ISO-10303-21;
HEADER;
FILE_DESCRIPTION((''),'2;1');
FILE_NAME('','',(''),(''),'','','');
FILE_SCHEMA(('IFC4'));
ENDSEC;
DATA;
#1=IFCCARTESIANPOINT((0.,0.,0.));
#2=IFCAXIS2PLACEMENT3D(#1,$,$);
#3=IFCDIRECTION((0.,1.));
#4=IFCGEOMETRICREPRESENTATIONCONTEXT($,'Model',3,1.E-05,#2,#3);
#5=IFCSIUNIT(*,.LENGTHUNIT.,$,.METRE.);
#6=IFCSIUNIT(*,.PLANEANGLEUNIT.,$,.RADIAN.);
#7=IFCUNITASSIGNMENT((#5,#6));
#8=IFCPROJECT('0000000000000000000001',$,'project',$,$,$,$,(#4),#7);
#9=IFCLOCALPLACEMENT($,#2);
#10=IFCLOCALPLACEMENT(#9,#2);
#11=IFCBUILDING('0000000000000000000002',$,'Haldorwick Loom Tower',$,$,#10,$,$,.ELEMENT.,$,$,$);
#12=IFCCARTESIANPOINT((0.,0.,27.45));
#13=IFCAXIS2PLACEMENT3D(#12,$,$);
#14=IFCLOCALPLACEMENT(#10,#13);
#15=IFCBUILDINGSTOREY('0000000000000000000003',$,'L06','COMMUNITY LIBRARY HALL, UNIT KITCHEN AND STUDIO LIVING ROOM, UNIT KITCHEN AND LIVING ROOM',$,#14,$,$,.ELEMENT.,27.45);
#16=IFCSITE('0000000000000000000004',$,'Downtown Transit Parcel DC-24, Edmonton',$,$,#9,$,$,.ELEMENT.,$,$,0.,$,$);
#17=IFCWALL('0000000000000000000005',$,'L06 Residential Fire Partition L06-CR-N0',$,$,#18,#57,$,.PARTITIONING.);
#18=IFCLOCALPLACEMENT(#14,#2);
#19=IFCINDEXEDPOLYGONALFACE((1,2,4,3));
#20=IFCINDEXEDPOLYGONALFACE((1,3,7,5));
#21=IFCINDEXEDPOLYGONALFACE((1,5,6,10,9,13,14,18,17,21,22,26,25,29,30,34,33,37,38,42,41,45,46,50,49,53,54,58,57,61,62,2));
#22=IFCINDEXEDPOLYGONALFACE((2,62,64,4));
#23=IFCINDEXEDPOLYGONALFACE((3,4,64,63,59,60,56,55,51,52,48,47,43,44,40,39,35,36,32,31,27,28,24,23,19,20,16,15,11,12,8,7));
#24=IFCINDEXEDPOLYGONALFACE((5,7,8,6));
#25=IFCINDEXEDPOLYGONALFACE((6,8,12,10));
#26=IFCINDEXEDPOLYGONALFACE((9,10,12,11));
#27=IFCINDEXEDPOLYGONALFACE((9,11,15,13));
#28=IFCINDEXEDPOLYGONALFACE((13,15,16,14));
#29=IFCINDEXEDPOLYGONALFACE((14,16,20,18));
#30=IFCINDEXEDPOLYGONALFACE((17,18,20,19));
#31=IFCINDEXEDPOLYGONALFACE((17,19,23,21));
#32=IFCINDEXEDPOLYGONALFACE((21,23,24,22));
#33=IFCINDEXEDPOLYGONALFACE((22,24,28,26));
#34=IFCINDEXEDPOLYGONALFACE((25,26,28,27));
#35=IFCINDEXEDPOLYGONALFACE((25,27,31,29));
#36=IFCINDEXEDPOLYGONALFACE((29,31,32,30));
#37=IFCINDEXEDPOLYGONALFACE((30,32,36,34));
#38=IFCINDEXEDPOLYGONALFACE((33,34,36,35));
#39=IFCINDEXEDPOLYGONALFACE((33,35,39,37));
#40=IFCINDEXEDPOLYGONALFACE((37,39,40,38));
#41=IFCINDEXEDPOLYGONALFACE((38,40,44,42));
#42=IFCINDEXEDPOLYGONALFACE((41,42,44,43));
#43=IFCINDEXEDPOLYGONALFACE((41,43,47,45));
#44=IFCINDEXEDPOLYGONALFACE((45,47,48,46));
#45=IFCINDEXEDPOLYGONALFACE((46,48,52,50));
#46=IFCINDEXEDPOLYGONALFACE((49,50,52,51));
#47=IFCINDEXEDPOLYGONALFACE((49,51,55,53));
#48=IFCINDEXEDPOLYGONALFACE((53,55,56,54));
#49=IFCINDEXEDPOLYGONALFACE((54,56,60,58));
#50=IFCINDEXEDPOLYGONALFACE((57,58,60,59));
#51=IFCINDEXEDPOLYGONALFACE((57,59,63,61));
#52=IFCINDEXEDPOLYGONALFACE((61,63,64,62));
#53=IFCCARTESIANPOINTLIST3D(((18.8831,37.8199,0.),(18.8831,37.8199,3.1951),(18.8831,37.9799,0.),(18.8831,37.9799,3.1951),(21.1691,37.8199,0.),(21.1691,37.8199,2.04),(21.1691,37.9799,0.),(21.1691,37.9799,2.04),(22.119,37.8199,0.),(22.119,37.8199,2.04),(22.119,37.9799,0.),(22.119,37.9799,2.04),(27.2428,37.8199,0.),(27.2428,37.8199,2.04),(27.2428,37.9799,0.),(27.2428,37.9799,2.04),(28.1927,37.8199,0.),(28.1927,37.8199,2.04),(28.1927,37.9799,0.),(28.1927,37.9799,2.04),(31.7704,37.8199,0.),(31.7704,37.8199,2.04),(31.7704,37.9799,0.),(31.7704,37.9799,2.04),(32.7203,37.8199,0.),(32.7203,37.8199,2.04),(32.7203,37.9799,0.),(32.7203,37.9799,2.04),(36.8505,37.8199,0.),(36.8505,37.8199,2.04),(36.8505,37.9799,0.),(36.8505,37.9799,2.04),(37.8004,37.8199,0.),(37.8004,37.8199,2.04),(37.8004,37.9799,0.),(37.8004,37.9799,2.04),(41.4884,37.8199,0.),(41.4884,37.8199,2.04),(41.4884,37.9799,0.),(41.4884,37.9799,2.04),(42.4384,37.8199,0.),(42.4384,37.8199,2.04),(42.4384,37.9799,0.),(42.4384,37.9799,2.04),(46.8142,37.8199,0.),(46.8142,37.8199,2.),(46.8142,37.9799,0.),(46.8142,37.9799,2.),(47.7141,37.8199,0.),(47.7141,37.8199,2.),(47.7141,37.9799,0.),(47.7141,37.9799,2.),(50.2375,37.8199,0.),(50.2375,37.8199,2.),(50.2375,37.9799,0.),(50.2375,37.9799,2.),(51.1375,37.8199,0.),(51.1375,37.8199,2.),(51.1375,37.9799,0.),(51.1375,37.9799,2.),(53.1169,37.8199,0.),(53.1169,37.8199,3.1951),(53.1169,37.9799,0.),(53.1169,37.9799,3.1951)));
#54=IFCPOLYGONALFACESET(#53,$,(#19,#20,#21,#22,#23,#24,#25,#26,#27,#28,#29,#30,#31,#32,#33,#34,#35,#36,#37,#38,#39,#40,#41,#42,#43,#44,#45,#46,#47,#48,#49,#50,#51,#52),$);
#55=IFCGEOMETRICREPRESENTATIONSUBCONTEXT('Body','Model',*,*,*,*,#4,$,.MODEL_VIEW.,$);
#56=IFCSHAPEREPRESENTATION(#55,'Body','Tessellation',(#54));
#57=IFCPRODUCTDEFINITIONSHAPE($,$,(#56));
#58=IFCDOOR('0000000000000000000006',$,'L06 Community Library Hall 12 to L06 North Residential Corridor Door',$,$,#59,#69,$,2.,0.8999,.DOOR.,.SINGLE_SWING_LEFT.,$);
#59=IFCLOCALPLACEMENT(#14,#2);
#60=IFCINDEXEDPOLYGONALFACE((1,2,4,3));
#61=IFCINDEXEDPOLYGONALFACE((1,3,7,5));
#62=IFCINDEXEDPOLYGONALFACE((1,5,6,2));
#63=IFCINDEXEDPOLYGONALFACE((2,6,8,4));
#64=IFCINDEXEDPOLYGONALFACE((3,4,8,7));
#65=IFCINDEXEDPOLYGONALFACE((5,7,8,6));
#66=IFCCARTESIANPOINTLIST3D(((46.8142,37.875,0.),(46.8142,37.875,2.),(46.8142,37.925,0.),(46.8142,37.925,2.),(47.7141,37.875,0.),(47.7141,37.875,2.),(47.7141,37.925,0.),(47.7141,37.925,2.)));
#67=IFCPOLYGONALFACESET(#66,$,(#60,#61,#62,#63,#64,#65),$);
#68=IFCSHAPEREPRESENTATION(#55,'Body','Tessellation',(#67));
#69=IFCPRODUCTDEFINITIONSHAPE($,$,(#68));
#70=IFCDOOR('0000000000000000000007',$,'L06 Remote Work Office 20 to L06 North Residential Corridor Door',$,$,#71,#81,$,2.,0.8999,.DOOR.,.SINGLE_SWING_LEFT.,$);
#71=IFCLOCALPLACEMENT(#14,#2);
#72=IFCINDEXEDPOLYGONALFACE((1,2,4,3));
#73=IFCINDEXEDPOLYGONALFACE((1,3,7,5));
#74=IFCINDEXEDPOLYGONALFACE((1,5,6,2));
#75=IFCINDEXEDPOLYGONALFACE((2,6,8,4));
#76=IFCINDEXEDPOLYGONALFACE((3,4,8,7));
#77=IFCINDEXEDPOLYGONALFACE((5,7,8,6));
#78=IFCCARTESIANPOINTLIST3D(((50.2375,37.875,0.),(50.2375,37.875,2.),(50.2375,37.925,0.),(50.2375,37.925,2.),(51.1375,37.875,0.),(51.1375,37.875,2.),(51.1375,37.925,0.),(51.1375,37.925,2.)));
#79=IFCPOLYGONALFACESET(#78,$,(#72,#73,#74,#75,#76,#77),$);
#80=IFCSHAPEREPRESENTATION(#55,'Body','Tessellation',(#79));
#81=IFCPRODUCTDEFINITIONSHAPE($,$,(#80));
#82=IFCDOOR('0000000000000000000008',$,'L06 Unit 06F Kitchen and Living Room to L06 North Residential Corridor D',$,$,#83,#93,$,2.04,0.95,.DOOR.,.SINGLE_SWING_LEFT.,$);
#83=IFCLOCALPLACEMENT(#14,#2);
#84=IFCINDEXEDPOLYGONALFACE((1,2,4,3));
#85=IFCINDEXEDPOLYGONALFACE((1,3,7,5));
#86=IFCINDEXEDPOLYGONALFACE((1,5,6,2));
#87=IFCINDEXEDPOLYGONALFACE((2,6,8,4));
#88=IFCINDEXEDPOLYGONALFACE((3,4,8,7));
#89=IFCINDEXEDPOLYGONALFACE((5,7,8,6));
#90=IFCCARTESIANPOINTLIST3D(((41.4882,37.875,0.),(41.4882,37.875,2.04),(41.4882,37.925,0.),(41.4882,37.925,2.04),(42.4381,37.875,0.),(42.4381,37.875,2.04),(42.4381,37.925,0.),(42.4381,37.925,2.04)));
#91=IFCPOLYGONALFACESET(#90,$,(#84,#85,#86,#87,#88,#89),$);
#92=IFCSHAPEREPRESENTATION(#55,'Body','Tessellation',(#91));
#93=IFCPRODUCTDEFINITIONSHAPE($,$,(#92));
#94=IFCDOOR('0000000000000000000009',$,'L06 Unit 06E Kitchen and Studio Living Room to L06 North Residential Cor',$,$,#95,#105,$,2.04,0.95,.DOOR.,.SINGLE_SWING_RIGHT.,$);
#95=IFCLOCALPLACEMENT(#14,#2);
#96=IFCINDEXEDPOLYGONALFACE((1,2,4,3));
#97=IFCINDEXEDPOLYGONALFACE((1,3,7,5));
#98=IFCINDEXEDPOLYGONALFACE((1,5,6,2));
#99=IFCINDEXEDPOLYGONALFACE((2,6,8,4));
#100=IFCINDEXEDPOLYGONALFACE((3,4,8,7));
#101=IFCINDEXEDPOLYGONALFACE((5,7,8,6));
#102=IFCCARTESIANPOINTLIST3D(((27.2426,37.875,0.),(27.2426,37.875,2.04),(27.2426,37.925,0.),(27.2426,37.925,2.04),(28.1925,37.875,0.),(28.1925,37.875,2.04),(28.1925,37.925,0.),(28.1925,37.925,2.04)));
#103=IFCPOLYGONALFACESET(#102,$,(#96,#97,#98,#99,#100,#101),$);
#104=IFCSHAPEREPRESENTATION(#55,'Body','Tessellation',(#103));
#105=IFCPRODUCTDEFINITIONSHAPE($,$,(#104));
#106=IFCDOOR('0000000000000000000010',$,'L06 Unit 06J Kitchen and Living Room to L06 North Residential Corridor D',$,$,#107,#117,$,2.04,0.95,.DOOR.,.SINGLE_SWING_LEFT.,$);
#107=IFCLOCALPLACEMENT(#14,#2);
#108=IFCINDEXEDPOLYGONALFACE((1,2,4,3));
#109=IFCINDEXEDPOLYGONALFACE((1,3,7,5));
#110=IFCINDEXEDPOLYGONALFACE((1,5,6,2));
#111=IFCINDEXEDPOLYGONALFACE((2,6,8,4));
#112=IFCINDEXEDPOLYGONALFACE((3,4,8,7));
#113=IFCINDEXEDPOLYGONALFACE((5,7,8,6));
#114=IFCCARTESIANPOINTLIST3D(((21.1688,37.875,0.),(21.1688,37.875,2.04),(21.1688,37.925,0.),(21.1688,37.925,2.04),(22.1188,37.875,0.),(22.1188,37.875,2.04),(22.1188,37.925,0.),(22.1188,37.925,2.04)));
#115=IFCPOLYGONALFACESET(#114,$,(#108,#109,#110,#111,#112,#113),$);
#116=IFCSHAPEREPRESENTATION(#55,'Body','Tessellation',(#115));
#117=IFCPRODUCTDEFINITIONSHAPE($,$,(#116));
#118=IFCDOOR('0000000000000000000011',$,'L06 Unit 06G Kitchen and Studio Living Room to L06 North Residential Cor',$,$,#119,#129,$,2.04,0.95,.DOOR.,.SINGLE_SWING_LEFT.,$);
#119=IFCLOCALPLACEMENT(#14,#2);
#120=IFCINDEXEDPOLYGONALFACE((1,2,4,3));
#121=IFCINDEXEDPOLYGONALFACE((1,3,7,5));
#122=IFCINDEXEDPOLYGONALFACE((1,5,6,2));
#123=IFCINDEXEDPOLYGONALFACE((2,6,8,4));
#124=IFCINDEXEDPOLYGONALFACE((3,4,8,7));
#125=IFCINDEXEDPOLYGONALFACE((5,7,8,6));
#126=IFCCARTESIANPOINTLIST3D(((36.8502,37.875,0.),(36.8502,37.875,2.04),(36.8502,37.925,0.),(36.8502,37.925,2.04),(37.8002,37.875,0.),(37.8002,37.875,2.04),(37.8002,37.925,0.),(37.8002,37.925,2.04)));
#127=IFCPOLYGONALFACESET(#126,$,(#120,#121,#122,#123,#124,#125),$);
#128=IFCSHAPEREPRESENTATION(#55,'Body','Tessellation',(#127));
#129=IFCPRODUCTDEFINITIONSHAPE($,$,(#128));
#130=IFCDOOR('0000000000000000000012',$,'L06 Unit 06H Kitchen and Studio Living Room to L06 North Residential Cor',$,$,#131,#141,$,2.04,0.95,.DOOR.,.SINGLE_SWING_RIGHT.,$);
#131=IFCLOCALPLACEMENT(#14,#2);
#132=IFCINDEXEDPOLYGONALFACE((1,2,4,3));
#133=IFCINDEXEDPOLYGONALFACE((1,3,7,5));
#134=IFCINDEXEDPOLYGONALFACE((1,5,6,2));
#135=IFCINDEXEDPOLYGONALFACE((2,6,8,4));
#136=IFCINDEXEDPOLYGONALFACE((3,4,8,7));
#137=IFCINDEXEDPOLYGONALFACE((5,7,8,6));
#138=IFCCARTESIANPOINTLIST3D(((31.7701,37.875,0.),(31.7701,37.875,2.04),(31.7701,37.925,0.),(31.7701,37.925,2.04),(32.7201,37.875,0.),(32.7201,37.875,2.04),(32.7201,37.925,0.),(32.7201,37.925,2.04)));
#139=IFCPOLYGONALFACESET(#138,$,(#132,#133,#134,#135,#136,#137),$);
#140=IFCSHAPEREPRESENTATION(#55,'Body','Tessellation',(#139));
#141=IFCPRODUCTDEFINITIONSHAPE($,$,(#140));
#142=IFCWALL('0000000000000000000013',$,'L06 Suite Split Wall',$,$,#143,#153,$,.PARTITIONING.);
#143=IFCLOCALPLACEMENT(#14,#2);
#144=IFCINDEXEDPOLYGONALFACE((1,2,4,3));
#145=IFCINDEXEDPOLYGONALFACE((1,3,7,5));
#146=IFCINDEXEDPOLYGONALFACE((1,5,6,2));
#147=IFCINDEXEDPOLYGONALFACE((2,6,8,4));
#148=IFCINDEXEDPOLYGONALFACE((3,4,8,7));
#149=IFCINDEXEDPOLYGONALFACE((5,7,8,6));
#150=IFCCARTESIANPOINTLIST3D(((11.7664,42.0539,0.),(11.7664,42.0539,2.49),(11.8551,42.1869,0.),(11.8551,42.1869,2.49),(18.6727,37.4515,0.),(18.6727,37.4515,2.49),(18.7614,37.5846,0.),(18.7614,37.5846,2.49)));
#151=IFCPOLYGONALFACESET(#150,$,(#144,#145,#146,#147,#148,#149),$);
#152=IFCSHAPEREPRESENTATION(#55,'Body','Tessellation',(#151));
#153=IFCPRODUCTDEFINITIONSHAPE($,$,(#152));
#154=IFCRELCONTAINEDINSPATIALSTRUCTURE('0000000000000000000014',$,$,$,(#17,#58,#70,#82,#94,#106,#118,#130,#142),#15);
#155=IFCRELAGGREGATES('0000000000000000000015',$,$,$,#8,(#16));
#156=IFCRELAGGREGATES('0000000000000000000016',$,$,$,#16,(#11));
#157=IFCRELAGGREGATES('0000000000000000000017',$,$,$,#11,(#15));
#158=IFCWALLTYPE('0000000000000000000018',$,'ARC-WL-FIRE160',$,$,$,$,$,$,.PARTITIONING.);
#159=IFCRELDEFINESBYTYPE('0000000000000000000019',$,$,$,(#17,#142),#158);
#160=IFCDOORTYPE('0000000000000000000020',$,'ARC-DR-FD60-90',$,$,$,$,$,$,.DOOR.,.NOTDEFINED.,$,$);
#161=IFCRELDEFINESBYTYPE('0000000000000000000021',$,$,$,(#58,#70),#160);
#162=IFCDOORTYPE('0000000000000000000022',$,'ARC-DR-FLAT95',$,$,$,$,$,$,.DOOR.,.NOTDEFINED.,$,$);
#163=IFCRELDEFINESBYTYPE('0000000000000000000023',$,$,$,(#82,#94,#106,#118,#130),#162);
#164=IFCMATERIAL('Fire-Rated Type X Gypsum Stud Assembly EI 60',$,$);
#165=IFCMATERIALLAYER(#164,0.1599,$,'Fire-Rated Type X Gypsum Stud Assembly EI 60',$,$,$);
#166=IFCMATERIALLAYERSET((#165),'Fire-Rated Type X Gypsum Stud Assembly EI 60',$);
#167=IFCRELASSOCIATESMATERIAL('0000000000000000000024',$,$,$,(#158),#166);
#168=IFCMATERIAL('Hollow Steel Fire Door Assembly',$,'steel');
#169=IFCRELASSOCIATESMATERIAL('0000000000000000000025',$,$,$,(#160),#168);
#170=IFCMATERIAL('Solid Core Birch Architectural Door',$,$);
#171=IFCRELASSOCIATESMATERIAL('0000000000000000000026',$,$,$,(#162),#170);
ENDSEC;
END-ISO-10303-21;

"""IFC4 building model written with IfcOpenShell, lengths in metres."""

from ifc_helpers import new_model, si_unit, direction, frame, frame_2d, origin, place, context, subcontext, project, spatial, rectangle, extrude, material, layer, layer_set, type_object, element, fill, save


model = new_model("IFC4")

# Units and contexts
model_context = context("Model", 3, precision=1e-05, world=origin(), true_north=direction((0.0, 1.0)))
body_context = subcontext(model_context, "Body", "Model", "MODEL_VIEW")
ifc_project = project(units=[si_unit("LENGTHUNIT", "METRE"), si_unit("PLANEANGLEUNIT", "RADIAN")], contexts=[model_context])

# Site, building, storey
site_placement = place(None, origin())
site = spatial("IfcSite", under=ifc_project, at=site_placement, Name="Downtown Transit Parcel DC-24, Edmonton", CompositionType="ELEMENT", RefElevation=0.0)
building_placement = place(site_placement, origin())
building = spatial("IfcBuilding", under=site, at=building_placement, Name="Haldorwick Loom Tower", CompositionType="ELEMENT")
storey_placement = place(building_placement, frame((0.0, 0.0, 27.45)))
storey = spatial("IfcBuildingStorey", under=building, at=storey_placement, Name="L06", Description="COMMUNITY LIBRARY HALL, UNIT KITCHEN AND STUDIO LIVING ROOM, UNIT KITCHEN AND LIVING ROOM", CompositionType="ELEMENT", Elevation=27.45)

# Shared definitions
ifc_material_1 = material(Name="Fire-Rated Type X Gypsum Stud Assembly EI 60")
ifc_layer_1 = layer(ifc_material_1, 0.1599, Name="Fire-Rated Type X Gypsum Stud Assembly EI 60")
ifc_layer_set_1 = layer_set([ifc_layer_1], Name="Fire-Rated Type X Gypsum Stud Assembly EI 60")
wall_type_1 = type_object("IfcWallType", Name="ARC-WL-FIRE160", PredefinedType="PARTITIONING", material=ifc_layer_set_1)

# Wall, openings, doors
wall_1_placement = place(storey_placement, frame((18.8831, 37.8999, 0.0), z_axis=(0.0, 0.0, 1.0), x_axis=(1.0, 0.0, 0.0)))
wall_1 = element("IfcWall", 1, at=wall_1_placement, inside=storey, type_object=wall_type_1, Name="L06 Residential Fire Partition L06-CR-N0", PredefinedType="PARTITIONING", context=body_context, shape_type="SweptSolid", body=[
    extrude(rectangle(XDim=34.2339, YDim=0.1599, at=frame_2d((17.1169, 0.0))), origin(), (0.0, 0.0, 1.0), 3.1951),
])
opening_1_placement = place(wall_1_placement, frame((22.6052, 0.0, 0.0)))
opening_1 = element("IfcOpeningElement", 2, at=opening_1_placement, cuts=wall_1, PredefinedType="OPENING", context=body_context, shape_type="SweptSolid", body=[
    extrude(rectangle(XDim=0.95, YDim=2.04, at=frame_2d((0.4751, 1.02))), frame((0.0, 0.0898, 0.0), z_axis=(0.0, -1.0, 0.0), x_axis=(1.0, 0.0, 0.0)), (0.0, 0.0, 1.0), 0.1799),
])
opening_2_placement = place(wall_1_placement, frame((8.3596, 0.0, 0.0)))
opening_2 = element("IfcOpeningElement", 3, at=opening_2_placement, cuts=wall_1, PredefinedType="OPENING", context=body_context, shape_type="SweptSolid", body=[
    extrude(rectangle(XDim=0.95, YDim=2.04, at=frame_2d((0.4751, 1.02))), frame((0.0, 0.0898, 0.0), z_axis=(0.0, -1.0, 0.0), x_axis=(1.0, 0.0, 0.0)), (0.0, 0.0, 1.0), 0.1799),
])
opening_3_placement = place(wall_1_placement, frame((2.2859, 0.0, 0.0)))
opening_3 = element("IfcOpeningElement", 4, at=opening_3_placement, cuts=wall_1, PredefinedType="OPENING", context=body_context, shape_type="SweptSolid", body=[
    extrude(rectangle(XDim=0.95, YDim=2.04, at=frame_2d((0.4751, 1.02))), frame((0.0, 0.0898, 0.0), z_axis=(0.0, -1.0, 0.0), x_axis=(1.0, 0.0, 0.0)), (0.0, 0.0, 1.0), 0.1799),
])
opening_4_placement = place(wall_1_placement, frame((27.9312, 0.0, 0.0)))
opening_4 = element("IfcOpeningElement", 5, at=opening_4_placement, cuts=wall_1, PredefinedType="OPENING", context=body_context, shape_type="SweptSolid", body=[
    extrude(rectangle(XDim=0.8999, YDim=2.0, at=frame_2d((0.45, 1.0))), frame((0.0, 0.0898, 0.0), z_axis=(0.0, -1.0, 0.0), x_axis=(1.0, 0.0, 0.0)), (0.0, 0.0, 1.0), 0.1799),
])
opening_5_placement = place(wall_1_placement, frame((31.3545, 0.0, 0.0)))
opening_5 = element("IfcOpeningElement", 6, at=opening_5_placement, cuts=wall_1, PredefinedType="OPENING", context=body_context, shape_type="SweptSolid", body=[
    extrude(rectangle(XDim=0.8999, YDim=2.0, at=frame_2d((0.45, 1.0))), frame((0.0, 0.0898, 0.0), z_axis=(0.0, -1.0, 0.0), x_axis=(1.0, 0.0, 0.0)), (0.0, 0.0, 1.0), 0.1799),
])
opening_6_placement = place(wall_1_placement, frame((17.9673, 0.0, 0.0)))
opening_6 = element("IfcOpeningElement", 7, at=opening_6_placement, cuts=wall_1, PredefinedType="OPENING", context=body_context, shape_type="SweptSolid", body=[
    extrude(rectangle(XDim=0.95, YDim=2.04, at=frame_2d((0.4751, 1.02))), frame((0.0, 0.0898, 0.0), z_axis=(0.0, -1.0, 0.0), x_axis=(1.0, 0.0, 0.0)), (0.0, 0.0, 1.0), 0.1799),
])
opening_7_placement = place(wall_1_placement, frame((12.8872, 0.0, 0.0)))
opening_7 = element("IfcOpeningElement", 8, at=opening_7_placement, cuts=wall_1, PredefinedType="OPENING", context=body_context, shape_type="SweptSolid", body=[
    extrude(rectangle(XDim=0.95, YDim=2.04, at=frame_2d((0.4751, 1.02))), frame((0.0, 0.0898, 0.0), z_axis=(0.0, -1.0, 0.0), x_axis=(1.0, 0.0, 0.0)), (0.0, 0.0, 1.0), 0.1799),
])
ifc_material_2 = material(Name="Hollow Steel Fire Door Assembly", Category="steel")
door_type_1 = type_object("IfcDoorType", Name="ARC-DR-FD60-90", OperationType="NOTDEFINED", PredefinedType="DOOR", material=ifc_material_2)
door_1_placement = place(opening_4_placement, frame((0.8999, 0.0, 0.0), z_axis=(0.0, 0.0, 1.0), x_axis=(-1.0, 0.0, 0.0)))
door_1 = element("IfcDoor", 9, at=door_1_placement, inside=storey, type_object=door_type_1, Name="L06 Community Library Hall 12 to L06 North Residential Corridor Door", OperationType="SINGLE_SWING_LEFT", OverallHeight=2.0, OverallWidth=0.8999, PredefinedType="DOOR", context=body_context, shape_type="SweptSolid", body=[
    extrude(rectangle(XDim=0.8999, YDim=2.0, at=frame_2d((0.45, 1.0))), frame((0.0, 0.0249, 0.0), z_axis=(0.0, -1.0, 0.0), x_axis=(1.0, 0.0, 0.0)), (0.0, 0.0, 1.0), 0.05),
])
fill(opening_4, door_1)
door_2_placement = place(opening_5_placement, frame((0.8999, 0.0, 0.0), z_axis=(0.0, 0.0, 1.0), x_axis=(-1.0, 0.0, 0.0)))
door_2 = element("IfcDoor", 10, at=door_2_placement, inside=storey, type_object=door_type_1, Name="L06 Remote Work Office 20 to L06 North Residential Corridor Door", OperationType="SINGLE_SWING_LEFT", OverallHeight=2.0, OverallWidth=0.8999, PredefinedType="DOOR", context=body_context, shape_type="SweptSolid", body=[
    extrude(rectangle(XDim=0.8999, YDim=2.0, at=frame_2d((0.45, 1.0))), frame((0.0, 0.0249, 0.0), z_axis=(0.0, -1.0, 0.0), x_axis=(1.0, 0.0, 0.0)), (0.0, 0.0, 1.0), 0.05),
])
fill(opening_5, door_2)
ifc_material_3 = material(Name="Solid Core Birch Architectural Door")
door_type_2 = type_object("IfcDoorType", Name="ARC-DR-FLAT95", OperationType="NOTDEFINED", PredefinedType="DOOR", material=ifc_material_3)
door_3_placement = place(opening_1_placement, frame((0.95, 0.0, 0.0), z_axis=(0.0, 0.0, 1.0), x_axis=(-1.0, 0.0, 0.0)))
door_3 = element("IfcDoor", 11, at=door_3_placement, inside=storey, type_object=door_type_2, Name="L06 Unit 06F Kitchen and Living Room to L06 North Residential Corridor D", OperationType="SINGLE_SWING_LEFT", OverallHeight=2.04, OverallWidth=0.95, PredefinedType="DOOR", context=body_context, shape_type="SweptSolid", body=[
    extrude(rectangle(XDim=0.95, YDim=2.04, at=frame_2d((0.4751, 1.02))), frame((0.0, 0.0249, 0.0), z_axis=(0.0, -1.0, 0.0), x_axis=(1.0, 0.0, 0.0)), (0.0, 0.0, 1.0), 0.05),
])
fill(opening_1, door_3)
door_4_placement = place(opening_2_placement, frame((0.95, 0.0, 0.0), z_axis=(0.0, 0.0, 1.0), x_axis=(-1.0, 0.0, 0.0)))
door_4 = element("IfcDoor", 12, at=door_4_placement, inside=storey, type_object=door_type_2, Name="L06 Unit 06E Kitchen and Studio Living Room to L06 North Residential Cor", OperationType="SINGLE_SWING_RIGHT", OverallHeight=2.04, OverallWidth=0.95, PredefinedType="DOOR", context=body_context, shape_type="SweptSolid", body=[
    extrude(rectangle(XDim=0.95, YDim=2.04, at=frame_2d((0.4751, 1.02))), frame((0.0, 0.0249, 0.0), z_axis=(0.0, -1.0, 0.0), x_axis=(1.0, 0.0, 0.0)), (0.0, 0.0, 1.0), 0.05),
])
fill(opening_2, door_4)
door_5_placement = place(opening_3_placement, frame((0.95, 0.0, 0.0), z_axis=(0.0, 0.0, 1.0), x_axis=(-1.0, 0.0, 0.0)))
door_5 = element("IfcDoor", 13, at=door_5_placement, inside=storey, type_object=door_type_2, Name="L06 Unit 06J Kitchen and Living Room to L06 North Residential Corridor D", OperationType="SINGLE_SWING_LEFT", OverallHeight=2.04, OverallWidth=0.95, PredefinedType="DOOR", context=body_context, shape_type="SweptSolid", body=[
    extrude(rectangle(XDim=0.95, YDim=2.04, at=frame_2d((0.4751, 1.02))), frame((0.0, 0.0249, 0.0), z_axis=(0.0, -1.0, 0.0), x_axis=(1.0, 0.0, 0.0)), (0.0, 0.0, 1.0), 0.05),
])
fill(opening_3, door_5)
door_6_placement = place(opening_6_placement, frame((0.95, 0.0, 0.0), z_axis=(0.0, 0.0, 1.0), x_axis=(-1.0, 0.0, 0.0)))
door_6 = element("IfcDoor", 14, at=door_6_placement, inside=storey, type_object=door_type_2, Name="L06 Unit 06G Kitchen and Studio Living Room to L06 North Residential Cor", OperationType="SINGLE_SWING_LEFT", OverallHeight=2.04, OverallWidth=0.95, PredefinedType="DOOR", context=body_context, shape_type="SweptSolid", body=[
    extrude(rectangle(XDim=0.95, YDim=2.04, at=frame_2d((0.4751, 1.02))), frame((0.0, 0.0249, 0.0), z_axis=(0.0, -1.0, 0.0), x_axis=(1.0, 0.0, 0.0)), (0.0, 0.0, 1.0), 0.05),
])
fill(opening_6, door_6)
door_7_placement = place(opening_7_placement, frame((0.95, 0.0, 0.0), z_axis=(0.0, 0.0, 1.0), x_axis=(-1.0, 0.0, 0.0)))
door_7 = element("IfcDoor", 15, at=door_7_placement, inside=storey, type_object=door_type_2, Name="L06 Unit 06H Kitchen and Studio Living Room to L06 North Residential Cor", OperationType="SINGLE_SWING_RIGHT", OverallHeight=2.04, OverallWidth=0.95, PredefinedType="DOOR", context=body_context, shape_type="SweptSolid", body=[
    extrude(rectangle(XDim=0.95, YDim=2.04, at=frame_2d((0.4751, 1.02))), frame((0.0, 0.0249, 0.0), z_axis=(0.0, -1.0, 0.0), x_axis=(1.0, 0.0, 0.0)), (0.0, 0.0, 1.0), 0.05),
])
fill(opening_7, door_7)

# Wall
wall_2_placement = place(storey_placement, frame((18.717, 37.5181, 0.0), z_axis=(0.0, 0.0, 1.0), x_axis=(-0.832154, 0.554544, 0.0)))
element("IfcWall", 16, at=wall_2_placement, inside=storey, type_object=wall_type_1, Name="L06 Suite Split Wall", PredefinedType="PARTITIONING", context=body_context, shape_type="SweptSolid", body=[
    extrude(rectangle(XDim=8.2993, YDim=0.1599, at=frame_2d((4.1497, 0.0))), origin(), (0.0, 0.0, 1.0), 2.49),
])

save(model, "model.ifc")
